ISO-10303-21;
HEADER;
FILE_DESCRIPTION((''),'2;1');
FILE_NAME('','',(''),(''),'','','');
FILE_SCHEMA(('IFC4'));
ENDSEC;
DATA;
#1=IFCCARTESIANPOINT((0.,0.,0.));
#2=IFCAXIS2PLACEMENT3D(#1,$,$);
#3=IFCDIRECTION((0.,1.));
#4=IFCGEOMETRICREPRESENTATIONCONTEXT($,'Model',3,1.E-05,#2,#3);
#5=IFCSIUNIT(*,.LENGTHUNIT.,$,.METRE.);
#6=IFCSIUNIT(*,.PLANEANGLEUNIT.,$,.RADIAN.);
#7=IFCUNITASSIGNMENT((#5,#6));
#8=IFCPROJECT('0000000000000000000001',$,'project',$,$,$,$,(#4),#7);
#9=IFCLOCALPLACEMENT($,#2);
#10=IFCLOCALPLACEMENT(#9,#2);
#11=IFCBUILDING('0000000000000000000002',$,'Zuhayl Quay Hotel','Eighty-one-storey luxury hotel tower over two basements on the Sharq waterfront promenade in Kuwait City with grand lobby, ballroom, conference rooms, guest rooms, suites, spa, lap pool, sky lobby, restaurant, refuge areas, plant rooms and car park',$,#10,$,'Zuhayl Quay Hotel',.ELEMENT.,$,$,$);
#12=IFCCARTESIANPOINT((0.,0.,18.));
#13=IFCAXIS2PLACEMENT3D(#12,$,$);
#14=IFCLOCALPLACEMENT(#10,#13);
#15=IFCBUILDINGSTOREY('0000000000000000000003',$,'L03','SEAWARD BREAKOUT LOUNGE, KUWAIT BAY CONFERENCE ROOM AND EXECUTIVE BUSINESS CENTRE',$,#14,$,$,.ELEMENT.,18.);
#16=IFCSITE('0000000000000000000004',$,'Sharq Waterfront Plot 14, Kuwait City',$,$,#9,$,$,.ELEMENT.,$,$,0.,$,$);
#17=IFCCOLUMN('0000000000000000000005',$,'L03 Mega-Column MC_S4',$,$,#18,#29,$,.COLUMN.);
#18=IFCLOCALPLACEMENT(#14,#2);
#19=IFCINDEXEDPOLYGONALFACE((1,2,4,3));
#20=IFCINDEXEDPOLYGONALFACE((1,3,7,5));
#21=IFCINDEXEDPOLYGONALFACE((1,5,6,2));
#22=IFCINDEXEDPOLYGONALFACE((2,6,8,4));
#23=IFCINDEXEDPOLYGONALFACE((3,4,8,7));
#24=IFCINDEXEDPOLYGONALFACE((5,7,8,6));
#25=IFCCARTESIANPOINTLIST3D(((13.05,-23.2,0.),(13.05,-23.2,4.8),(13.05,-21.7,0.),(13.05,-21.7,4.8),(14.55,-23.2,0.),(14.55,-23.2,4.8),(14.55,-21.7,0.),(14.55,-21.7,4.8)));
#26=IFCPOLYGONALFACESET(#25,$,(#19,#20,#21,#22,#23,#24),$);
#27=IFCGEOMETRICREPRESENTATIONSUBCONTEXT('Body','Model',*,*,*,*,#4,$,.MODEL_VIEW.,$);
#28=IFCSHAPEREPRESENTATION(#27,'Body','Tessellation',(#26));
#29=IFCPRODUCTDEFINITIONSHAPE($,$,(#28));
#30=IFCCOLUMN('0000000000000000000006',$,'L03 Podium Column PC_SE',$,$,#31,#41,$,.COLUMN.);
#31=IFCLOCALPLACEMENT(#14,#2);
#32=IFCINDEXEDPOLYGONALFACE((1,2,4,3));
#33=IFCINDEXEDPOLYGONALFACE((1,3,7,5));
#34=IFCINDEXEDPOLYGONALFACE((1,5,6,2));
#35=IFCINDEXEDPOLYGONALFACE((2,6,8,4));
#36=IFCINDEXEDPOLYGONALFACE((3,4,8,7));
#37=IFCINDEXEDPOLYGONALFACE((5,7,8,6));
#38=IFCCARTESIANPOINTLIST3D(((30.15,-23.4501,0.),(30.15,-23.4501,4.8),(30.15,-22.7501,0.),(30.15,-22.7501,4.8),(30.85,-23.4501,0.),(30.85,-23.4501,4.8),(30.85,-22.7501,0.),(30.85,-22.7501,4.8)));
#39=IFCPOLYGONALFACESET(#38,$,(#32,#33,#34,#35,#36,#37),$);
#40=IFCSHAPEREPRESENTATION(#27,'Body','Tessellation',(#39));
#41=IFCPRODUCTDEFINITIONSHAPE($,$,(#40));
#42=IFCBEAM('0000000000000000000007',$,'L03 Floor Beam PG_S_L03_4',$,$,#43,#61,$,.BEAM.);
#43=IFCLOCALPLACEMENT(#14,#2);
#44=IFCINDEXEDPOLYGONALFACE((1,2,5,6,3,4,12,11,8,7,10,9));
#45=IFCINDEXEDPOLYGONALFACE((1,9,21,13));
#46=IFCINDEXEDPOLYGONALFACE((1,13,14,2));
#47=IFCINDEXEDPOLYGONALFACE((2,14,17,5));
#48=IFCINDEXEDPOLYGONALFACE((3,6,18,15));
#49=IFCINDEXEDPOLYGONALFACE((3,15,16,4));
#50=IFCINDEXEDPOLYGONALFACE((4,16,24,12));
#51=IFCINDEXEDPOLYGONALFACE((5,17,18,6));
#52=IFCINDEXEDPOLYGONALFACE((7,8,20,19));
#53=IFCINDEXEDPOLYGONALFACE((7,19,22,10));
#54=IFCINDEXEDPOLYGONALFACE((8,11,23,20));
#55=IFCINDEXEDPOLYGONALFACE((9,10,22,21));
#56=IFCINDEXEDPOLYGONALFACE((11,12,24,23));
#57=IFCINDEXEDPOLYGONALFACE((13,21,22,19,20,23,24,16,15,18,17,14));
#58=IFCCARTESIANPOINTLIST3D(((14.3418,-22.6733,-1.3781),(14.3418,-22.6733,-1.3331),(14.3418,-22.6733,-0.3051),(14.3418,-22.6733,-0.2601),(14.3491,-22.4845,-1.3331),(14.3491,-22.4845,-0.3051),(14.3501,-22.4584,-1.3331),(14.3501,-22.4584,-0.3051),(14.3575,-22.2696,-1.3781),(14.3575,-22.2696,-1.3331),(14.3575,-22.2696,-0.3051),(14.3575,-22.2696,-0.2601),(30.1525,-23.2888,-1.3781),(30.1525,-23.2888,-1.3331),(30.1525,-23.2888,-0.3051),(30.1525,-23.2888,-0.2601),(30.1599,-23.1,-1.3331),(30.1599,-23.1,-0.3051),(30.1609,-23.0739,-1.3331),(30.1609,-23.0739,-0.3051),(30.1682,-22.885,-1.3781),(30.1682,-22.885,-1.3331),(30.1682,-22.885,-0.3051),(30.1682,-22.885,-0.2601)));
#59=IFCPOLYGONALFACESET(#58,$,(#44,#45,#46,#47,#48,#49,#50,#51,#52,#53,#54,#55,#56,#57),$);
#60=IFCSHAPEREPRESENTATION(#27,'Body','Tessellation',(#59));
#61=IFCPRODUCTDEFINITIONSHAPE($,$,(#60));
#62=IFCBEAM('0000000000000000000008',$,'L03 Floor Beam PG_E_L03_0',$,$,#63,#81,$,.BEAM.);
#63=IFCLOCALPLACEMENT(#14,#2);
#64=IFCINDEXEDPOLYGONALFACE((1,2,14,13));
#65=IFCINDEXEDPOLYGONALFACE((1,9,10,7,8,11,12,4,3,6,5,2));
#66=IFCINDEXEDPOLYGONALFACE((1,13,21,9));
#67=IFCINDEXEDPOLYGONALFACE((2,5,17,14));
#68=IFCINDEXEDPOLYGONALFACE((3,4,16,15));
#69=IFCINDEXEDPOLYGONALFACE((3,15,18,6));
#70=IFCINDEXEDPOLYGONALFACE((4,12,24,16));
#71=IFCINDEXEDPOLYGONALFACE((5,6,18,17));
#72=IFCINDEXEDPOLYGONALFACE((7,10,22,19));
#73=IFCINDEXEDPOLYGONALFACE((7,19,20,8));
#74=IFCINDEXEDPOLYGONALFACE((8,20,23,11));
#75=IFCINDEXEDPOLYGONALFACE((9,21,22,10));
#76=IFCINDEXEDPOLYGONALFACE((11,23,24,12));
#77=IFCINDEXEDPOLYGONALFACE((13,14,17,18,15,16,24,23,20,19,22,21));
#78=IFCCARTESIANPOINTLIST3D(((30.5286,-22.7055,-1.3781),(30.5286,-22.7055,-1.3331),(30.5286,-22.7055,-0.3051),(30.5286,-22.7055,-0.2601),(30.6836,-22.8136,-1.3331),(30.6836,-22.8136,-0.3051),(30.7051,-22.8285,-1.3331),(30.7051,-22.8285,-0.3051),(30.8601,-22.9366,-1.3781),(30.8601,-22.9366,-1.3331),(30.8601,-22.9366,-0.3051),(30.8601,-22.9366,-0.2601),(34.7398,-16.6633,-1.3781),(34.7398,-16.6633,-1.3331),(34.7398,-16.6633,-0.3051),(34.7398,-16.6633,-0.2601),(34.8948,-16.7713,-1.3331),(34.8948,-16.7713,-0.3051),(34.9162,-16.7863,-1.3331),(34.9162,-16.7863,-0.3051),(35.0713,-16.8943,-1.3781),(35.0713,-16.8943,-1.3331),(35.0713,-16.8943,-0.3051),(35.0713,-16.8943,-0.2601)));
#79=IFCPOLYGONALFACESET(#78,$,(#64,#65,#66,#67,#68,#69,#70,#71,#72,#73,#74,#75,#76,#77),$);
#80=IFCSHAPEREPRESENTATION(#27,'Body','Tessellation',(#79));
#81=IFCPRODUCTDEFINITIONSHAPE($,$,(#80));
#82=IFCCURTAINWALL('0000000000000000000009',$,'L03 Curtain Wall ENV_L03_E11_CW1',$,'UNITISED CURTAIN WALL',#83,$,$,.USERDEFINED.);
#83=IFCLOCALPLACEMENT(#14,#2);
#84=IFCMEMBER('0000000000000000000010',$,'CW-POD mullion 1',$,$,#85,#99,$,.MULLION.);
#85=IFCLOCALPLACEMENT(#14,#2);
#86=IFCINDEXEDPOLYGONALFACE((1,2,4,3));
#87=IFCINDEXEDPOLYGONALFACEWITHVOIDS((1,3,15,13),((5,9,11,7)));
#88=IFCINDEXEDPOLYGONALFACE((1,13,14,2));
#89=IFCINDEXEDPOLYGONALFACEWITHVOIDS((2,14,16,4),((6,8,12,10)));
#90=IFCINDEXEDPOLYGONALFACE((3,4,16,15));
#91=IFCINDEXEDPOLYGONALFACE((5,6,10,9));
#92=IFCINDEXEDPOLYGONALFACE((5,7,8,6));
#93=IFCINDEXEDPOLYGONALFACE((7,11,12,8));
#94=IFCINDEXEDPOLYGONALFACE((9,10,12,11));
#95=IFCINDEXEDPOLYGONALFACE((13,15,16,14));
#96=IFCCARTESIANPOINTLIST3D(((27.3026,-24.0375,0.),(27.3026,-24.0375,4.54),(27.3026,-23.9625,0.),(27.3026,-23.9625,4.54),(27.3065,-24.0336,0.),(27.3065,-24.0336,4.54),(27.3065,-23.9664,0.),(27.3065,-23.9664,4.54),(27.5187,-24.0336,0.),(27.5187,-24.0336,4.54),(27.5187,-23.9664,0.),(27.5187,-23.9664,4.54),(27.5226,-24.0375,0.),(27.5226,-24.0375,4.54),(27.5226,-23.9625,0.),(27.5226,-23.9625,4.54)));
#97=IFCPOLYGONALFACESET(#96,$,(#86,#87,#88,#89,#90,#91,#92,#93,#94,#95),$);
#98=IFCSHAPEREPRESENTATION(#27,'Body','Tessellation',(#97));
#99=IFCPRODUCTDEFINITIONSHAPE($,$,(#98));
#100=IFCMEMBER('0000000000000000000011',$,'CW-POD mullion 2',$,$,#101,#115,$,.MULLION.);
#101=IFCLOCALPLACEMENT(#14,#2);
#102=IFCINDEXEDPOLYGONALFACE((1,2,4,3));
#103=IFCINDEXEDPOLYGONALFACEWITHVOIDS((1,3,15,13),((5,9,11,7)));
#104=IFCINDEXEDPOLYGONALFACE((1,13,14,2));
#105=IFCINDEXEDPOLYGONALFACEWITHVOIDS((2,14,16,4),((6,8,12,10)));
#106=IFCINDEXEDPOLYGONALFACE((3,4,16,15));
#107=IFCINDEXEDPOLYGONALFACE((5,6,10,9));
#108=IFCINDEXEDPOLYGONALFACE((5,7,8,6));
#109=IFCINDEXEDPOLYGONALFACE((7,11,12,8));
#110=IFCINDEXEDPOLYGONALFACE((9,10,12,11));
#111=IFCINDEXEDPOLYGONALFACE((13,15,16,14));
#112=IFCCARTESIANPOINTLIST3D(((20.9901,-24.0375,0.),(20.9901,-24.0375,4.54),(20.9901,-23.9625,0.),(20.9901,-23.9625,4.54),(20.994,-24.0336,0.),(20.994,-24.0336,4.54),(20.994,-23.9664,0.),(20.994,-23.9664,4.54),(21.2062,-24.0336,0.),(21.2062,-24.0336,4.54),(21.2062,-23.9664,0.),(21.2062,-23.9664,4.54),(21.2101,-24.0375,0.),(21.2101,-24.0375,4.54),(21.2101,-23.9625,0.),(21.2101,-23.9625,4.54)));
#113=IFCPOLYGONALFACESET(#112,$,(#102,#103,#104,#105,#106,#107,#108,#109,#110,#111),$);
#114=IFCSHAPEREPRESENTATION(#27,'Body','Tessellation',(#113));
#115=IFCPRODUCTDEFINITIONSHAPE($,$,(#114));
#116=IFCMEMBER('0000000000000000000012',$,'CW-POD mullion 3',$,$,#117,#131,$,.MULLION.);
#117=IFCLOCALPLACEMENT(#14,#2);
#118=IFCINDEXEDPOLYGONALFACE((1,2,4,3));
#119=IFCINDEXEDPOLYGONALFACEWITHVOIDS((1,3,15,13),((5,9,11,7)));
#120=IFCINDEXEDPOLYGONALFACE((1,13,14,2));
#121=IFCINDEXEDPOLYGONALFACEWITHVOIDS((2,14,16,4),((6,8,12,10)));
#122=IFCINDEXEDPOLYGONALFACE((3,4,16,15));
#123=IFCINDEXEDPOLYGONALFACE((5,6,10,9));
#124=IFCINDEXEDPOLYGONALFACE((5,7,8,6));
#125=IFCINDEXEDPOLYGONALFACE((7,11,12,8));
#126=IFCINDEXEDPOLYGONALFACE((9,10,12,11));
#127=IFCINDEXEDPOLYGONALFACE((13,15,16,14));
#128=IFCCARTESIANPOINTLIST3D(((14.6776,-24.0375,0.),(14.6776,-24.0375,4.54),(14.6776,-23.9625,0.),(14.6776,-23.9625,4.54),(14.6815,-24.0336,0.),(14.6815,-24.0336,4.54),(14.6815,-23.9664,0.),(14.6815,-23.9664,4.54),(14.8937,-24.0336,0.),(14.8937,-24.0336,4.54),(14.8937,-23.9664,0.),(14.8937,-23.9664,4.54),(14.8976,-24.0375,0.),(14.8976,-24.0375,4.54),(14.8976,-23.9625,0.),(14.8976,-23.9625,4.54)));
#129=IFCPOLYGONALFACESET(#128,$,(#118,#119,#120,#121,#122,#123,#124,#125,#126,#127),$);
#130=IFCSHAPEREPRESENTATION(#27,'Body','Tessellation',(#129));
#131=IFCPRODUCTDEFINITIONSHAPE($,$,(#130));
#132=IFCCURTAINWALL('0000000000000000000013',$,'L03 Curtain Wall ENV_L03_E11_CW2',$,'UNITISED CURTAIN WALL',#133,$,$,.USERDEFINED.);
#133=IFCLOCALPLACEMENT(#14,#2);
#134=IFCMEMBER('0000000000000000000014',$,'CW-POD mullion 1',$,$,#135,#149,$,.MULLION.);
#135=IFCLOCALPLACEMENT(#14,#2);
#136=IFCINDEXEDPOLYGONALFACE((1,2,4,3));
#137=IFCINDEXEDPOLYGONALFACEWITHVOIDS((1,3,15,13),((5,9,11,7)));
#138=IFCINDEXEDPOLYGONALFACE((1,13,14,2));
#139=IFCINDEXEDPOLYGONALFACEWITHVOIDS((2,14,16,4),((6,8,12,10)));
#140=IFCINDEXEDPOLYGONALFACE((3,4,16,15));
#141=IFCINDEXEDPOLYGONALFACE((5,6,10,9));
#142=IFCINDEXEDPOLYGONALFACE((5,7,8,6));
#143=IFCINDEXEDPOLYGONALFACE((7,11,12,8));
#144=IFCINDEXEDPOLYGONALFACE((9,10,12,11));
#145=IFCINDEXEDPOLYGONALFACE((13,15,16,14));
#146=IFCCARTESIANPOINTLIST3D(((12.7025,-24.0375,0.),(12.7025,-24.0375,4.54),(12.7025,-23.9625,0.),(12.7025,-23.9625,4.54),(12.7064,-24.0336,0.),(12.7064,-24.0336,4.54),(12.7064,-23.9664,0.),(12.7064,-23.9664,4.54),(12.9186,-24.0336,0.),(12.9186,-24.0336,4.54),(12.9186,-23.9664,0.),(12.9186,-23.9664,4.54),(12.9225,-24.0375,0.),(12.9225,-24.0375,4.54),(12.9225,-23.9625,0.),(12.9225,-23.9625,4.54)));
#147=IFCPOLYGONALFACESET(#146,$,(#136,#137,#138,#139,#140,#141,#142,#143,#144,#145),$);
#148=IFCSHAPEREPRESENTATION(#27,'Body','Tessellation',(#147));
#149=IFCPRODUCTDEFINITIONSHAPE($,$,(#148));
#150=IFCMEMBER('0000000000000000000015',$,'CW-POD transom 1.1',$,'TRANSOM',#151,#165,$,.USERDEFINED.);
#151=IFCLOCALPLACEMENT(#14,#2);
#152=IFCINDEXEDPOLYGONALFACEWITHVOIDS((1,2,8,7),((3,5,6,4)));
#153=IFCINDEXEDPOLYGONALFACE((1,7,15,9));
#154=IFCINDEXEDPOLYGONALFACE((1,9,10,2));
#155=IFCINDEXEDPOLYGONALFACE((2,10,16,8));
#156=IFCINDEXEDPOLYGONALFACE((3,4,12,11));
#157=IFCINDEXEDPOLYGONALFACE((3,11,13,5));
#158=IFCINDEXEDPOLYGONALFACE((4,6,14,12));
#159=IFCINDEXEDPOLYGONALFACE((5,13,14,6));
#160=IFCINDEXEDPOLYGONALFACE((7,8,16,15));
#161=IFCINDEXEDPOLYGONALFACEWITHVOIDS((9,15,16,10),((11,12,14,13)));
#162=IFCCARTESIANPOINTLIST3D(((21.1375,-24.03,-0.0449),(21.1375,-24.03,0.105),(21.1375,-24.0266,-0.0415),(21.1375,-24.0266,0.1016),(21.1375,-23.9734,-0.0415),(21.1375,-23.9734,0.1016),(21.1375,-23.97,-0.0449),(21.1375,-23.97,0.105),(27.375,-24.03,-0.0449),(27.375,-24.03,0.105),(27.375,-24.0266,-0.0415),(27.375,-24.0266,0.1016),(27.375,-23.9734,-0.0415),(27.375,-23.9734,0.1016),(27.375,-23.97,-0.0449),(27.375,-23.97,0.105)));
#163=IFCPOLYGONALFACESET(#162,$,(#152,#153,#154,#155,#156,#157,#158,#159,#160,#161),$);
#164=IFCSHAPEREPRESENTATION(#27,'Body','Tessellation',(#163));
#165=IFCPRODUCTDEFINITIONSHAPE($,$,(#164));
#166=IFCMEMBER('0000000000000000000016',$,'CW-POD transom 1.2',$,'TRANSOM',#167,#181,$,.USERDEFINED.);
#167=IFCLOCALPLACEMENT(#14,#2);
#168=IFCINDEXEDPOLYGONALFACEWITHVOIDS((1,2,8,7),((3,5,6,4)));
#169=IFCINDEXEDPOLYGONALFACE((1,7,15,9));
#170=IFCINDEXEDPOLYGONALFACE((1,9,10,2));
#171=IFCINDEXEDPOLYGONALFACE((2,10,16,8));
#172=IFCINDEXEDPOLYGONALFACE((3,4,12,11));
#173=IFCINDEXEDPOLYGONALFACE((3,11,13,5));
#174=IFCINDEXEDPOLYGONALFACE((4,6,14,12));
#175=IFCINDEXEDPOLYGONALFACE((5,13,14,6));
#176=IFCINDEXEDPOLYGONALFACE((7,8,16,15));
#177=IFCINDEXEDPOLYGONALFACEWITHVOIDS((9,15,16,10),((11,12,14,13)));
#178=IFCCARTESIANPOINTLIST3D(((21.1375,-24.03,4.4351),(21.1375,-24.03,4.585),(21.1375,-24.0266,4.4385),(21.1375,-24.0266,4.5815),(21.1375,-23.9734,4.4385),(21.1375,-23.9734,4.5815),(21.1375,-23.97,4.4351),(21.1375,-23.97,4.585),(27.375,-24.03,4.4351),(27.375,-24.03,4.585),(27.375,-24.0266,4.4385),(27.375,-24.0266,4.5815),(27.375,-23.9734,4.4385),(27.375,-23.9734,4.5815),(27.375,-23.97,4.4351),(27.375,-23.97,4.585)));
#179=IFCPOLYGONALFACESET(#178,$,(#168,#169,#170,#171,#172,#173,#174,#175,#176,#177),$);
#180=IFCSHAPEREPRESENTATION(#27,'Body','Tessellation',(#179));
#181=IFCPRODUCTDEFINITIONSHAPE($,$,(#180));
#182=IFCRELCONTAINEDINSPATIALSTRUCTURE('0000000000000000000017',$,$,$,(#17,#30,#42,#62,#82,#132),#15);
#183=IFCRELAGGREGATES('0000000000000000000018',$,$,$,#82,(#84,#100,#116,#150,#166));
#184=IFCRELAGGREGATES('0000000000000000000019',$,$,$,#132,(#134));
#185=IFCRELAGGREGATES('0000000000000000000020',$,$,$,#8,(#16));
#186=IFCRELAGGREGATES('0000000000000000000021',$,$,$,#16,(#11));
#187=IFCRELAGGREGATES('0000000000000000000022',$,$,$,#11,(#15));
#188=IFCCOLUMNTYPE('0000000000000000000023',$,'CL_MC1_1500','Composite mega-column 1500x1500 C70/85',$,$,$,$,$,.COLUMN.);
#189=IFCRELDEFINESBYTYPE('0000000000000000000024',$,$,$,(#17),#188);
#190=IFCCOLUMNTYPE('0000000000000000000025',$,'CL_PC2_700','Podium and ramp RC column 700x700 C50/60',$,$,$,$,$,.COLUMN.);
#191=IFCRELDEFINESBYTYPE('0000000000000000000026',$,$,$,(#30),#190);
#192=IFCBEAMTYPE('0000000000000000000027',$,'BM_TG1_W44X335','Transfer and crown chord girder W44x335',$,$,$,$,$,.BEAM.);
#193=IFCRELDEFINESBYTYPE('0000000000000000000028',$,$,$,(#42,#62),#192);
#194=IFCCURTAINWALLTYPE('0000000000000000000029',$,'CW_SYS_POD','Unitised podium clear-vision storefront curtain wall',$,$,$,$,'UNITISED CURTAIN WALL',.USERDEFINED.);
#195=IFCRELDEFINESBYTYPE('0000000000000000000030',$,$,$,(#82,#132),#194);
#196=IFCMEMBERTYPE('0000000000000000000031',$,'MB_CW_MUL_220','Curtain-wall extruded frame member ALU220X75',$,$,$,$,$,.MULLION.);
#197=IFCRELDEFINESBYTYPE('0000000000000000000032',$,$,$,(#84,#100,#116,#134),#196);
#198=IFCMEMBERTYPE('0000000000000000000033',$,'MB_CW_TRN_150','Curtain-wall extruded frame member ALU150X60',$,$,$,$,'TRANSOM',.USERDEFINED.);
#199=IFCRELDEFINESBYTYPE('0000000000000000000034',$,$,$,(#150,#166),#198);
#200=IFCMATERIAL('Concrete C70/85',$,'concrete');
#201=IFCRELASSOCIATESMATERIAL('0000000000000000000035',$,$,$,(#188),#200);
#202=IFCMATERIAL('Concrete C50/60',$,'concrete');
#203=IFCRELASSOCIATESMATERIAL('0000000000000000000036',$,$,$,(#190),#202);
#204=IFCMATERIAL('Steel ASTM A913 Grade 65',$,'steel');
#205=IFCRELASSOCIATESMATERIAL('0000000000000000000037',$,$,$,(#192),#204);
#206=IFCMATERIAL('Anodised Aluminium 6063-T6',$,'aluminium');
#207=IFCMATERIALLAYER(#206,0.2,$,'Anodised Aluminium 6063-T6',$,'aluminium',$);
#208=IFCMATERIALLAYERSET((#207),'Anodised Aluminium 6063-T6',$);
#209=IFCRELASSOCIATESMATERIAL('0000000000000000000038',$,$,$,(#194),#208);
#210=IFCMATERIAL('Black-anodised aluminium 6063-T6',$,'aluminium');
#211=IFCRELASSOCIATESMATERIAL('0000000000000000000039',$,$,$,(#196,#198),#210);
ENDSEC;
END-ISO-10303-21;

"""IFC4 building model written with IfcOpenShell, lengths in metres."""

from ifc_helpers import new_model, si_unit, direction, frame, origin, origin_2d, place, context, subcontext, project, spatial, rectangle, hollow_rectangle, i_section, extrude, material, layer, layer_set, material_profile, profile_set, type_object, element, aggregate, save


model = new_model("IFC4")

# Units and contexts
model_context = context("Model", 3, precision=1e-05, world=origin(), true_north=direction((0.0, 1.0)))
body_context = subcontext(model_context, "Body", "Model", "MODEL_VIEW")
ifc_project = project(units=[si_unit("LENGTHUNIT", "METRE"), si_unit("PLANEANGLEUNIT", "RADIAN")], contexts=[model_context])

# Site, building, storey
site_placement = place(None, origin())
site = spatial("IfcSite", under=ifc_project, at=site_placement, Name="Sharq Waterfront Plot 14, Kuwait City", CompositionType="ELEMENT", RefElevation=0.0)
building_placement = place(site_placement, origin())
building = spatial("IfcBuilding", under=site, at=building_placement, Name="Zuhayl Quay Hotel", Description="Eighty-one-storey luxury hotel tower over two basements on the Sharq waterfront promenade in Kuwait City with grand lobby, ballroom, conference rooms, guest rooms, suites, spa, lap pool, sky lobby, restaurant, refuge areas, plant rooms and car park", LongName="Zuhayl Quay Hotel", CompositionType="ELEMENT")
storey_placement = place(building_placement, frame((0.0, 0.0, 18.0)))
storey = spatial("IfcBuildingStorey", under=building, at=storey_placement, Name="L03", Description="SEAWARD BREAKOUT LOUNGE, KUWAIT BAY CONFERENCE ROOM AND EXECUTIVE BUSINESS CENTRE", CompositionType="ELEMENT", Elevation=18.0)

# Columns
ifc_material_1 = material(Name="Concrete C70/85", Category="concrete")
ifc_material_profile_1 = material_profile(ifc_material_1, rectangle(XDim=1.5, YDim=1.5, at=origin_2d()), Name="RC1500X1500")
ifc_profile_set_1 = profile_set([ifc_material_profile_1], Name="Concrete C70/85")
column_type_1 = type_object("IfcColumnType", Name="CL_MC1_1500", Description="Composite mega-column 1500x1500 C70/85", PredefinedType="COLUMN", material=ifc_profile_set_1)
column_1_placement = place(storey_placement, frame((13.8, -22.45, 0.0), z_axis=(0.0, 0.0, 1.0), x_axis=(1.0, 0.0, 0.0)))
element("IfcColumn", 1, at=column_1_placement, inside=storey, type_object=column_type_1, Name="L03 Mega-Column MC_S4", PredefinedType="COLUMN", context=body_context, shape_type="SweptSolid", body=[
    extrude(rectangle(XDim=1.5, YDim=1.5, at=origin_2d()), origin(), (0.0, 0.0, 1.0), 4.8),
])
ifc_material_2 = material(Name="Concrete C50/60", Category="concrete")
ifc_material_profile_2 = material_profile(ifc_material_2, rectangle(XDim=0.7, YDim=0.7, at=origin_2d()), Name="RC700X700")
ifc_profile_set_2 = profile_set([ifc_material_profile_2], Name="Concrete C50/60")
column_type_2 = type_object("IfcColumnType", Name="CL_PC2_700", Description="Podium and ramp RC column 700x700 C50/60", PredefinedType="COLUMN", material=ifc_profile_set_2)
column_2_placement = place(storey_placement, frame((30.5, -23.1001, 0.0), z_axis=(0.0, 0.0, 1.0), x_axis=(1.0, 0.0, 0.0)))
element("IfcColumn", 2, at=column_2_placement, inside=storey, type_object=column_type_2, Name="L03 Podium Column PC_SE", PredefinedType="COLUMN", context=body_context, shape_type="SweptSolid", body=[
    extrude(rectangle(XDim=0.7, YDim=0.7, at=origin_2d()), origin(), (0.0, 0.0, 1.0), 4.8),
])

# Beams
ifc_material_3 = material(Name="Steel ASTM A913 Grade 65", Category="steel")
ifc_material_profile_3 = material_profile(ifc_material_3, i_section(OverallWidth=0.4041, OverallDepth=1.1179, WebThickness=0.0261, FlangeThickness=0.0449, at=origin_2d()), Name="W44X335")
ifc_profile_set_3 = profile_set([ifc_material_profile_3], Name="Steel ASTM A913 Grade 65")
beam_type = type_object("IfcBeamType", Name="BM_TG1_W44X335", Description="Transfer and crown chord girder W44x335", PredefinedType="BEAM", material=ifc_profile_set_3)
beam_1_placement = place(storey_placement, frame((14.3496, -22.4714, -0.8191), z_axis=(0.999243, -0.038898, 0.0), x_axis=(0.038898, 0.999243, 0.0)))
element("IfcBeam", 3, at=beam_1_placement, inside=storey, type_object=beam_type, Name="L03 Floor Beam PG_S_L03_4", PredefinedType="BEAM", context=body_context, shape_type="SweptSolid", body=[
    extrude(i_section(OverallWidth=0.4041, OverallDepth=1.1179, WebThickness=0.0261, FlangeThickness=0.0449, at=origin_2d()), origin(), (0.0, 0.0, 1.0), 15.8228),
])
beam_2_placement = place(storey_placement, frame((30.6943, -22.821, -0.8191), z_axis=(0.571786, 0.820403, 0.0), x_axis=(-0.820403, 0.571786, 0.0)))
element("IfcBeam", 4, at=beam_2_placement, inside=storey, type_object=beam_type, Name="L03 Floor Beam PG_E_L03_0", PredefinedType="BEAM", context=body_context, shape_type="SweptSolid", body=[
    extrude(i_section(OverallWidth=0.4041, OverallDepth=1.1179, WebThickness=0.0261, FlangeThickness=0.0449, at=origin_2d()), origin(), (0.0, 0.0, 1.0), 7.365),
])

# Curtain wall, members
ifc_material_4 = material(Name="Anodised Aluminium 6063-T6", Category="aluminium")
ifc_layer_1 = layer(ifc_material_4, 0.2, Name="Anodised Aluminium 6063-T6", Category="aluminium")
ifc_layer_set_1 = layer_set([ifc_layer_1], Name="Anodised Aluminium 6063-T6")
curtain_wall_type = type_object("IfcCurtainWallType", Name="CW_SYS_POD", Description="Unitised podium clear-vision storefront curtain wall", ElementType="UNITISED CURTAIN WALL", PredefinedType="USERDEFINED", material=ifc_layer_set_1)
curtain_wall_1_placement = place(storey_placement, origin())
curtain_wall_1 = element("IfcCurtainWall", 5, at=curtain_wall_1_placement, inside=storey, type_object=curtain_wall_type, Name="L03 Curtain Wall ENV_L03_E11_CW1", ObjectType="UNITISED CURTAIN WALL", PredefinedType="USERDEFINED")
ifc_material_5 = material(Name="Black-anodised aluminium 6063-T6", Category="aluminium")
ifc_material_profile_4 = material_profile(ifc_material_5, hollow_rectangle(XDim=0.075, YDim=0.22, WallThickness=0.0039, at=origin_2d()), Name="ALU220X75")
ifc_profile_set_4 = profile_set([ifc_material_profile_4], Name="Black-anodised aluminium 6063-T6")
member_type_1 = type_object("IfcMemberType", Name="MB_CW_MUL_220", Description="Curtain-wall extruded frame member ALU220X75", PredefinedType="MULLION", material=ifc_profile_set_4)
member_1_placement = place(storey_placement, frame((27.4126, -24.0, 0.0), z_axis=(0.0, 0.0, 1.0), x_axis=(0.0, -1.0, 0.0)))
member_1 = element("IfcMember", 6, at=member_1_placement, type_object=member_type_1, Name="CW-POD mullion 1", PredefinedType="MULLION", context=body_context, shape_type="SweptSolid", body=[
    extrude(hollow_rectangle(XDim=0.075, YDim=0.22, WallThickness=0.0039, at=origin_2d()), origin(), (0.0, 0.0, 1.0), 4.54),
])
member_2_placement = place(storey_placement, frame((21.1001, -24.0, 0.0), z_axis=(0.0, 0.0, 1.0), x_axis=(0.0, -1.0, 0.0)))
member_2 = element("IfcMember", 7, at=member_2_placement, type_object=member_type_1, Name="CW-POD mullion 2", PredefinedType="MULLION", context=body_context, shape_type="SweptSolid", body=[
    extrude(hollow_rectangle(XDim=0.075, YDim=0.22, WallThickness=0.0039, at=origin_2d()), origin(), (0.0, 0.0, 1.0), 4.54),
])
member_3_placement = place(storey_placement, frame((14.7876, -24.0, 0.0), z_axis=(0.0, 0.0, 1.0), x_axis=(0.0, -1.0, 0.0)))
member_3 = element("IfcMember", 8, at=member_3_placement, type_object=member_type_1, Name="CW-POD mullion 3", PredefinedType="MULLION", context=body_context, shape_type="SweptSolid", body=[
    extrude(hollow_rectangle(XDim=0.075, YDim=0.22, WallThickness=0.0039, at=origin_2d()), origin(), (0.0, 0.0, 1.0), 4.54),
])

# Curtain wall, member
curtain_wall_2_placement = place(storey_placement, origin())
curtain_wall_2 = element("IfcCurtainWall", 9, at=curtain_wall_2_placement, inside=storey, type_object=curtain_wall_type, Name="L03 Curtain Wall ENV_L03_E11_CW2", ObjectType="UNITISED CURTAIN WALL", PredefinedType="USERDEFINED")
member_4_placement = place(storey_placement, frame((12.8125, -24.0, 0.0), z_axis=(0.0, 0.0, 1.0), x_axis=(0.0, -1.0, 0.0)))
member_4 = element("IfcMember", 10, at=member_4_placement, type_object=member_type_1, Name="CW-POD mullion 1", PredefinedType="MULLION", context=body_context, shape_type="SweptSolid", body=[
    extrude(hollow_rectangle(XDim=0.075, YDim=0.22, WallThickness=0.0039, at=origin_2d()), origin(), (0.0, 0.0, 1.0), 4.54),
])

# Members
ifc_material_profile_5 = material_profile(ifc_material_5, hollow_rectangle(XDim=0.0601, YDim=0.1499, WallThickness=0.0034, at=origin_2d()), Name="ALU150X60")
ifc_profile_set_5 = profile_set([ifc_material_profile_5], Name="Black-anodised aluminium 6063-T6")
member_type_2 = type_object("IfcMemberType", Name="MB_CW_TRN_150", Description="Curtain-wall extruded frame member ALU150X60", ElementType="TRANSOM", PredefinedType="USERDEFINED", material=ifc_profile_set_5)
member_5_placement = place(storey_placement, frame((27.375, -24.0, 0.03), z_axis=(-1.0, 0.0, 0.0), x_axis=(0.0, -1.0, 0.0)))
member_5 = element("IfcMember", 11, at=member_5_placement, type_object=member_type_2, Name="CW-POD transom 1.1", ObjectType="TRANSOM", PredefinedType="USERDEFINED", context=body_context, shape_type="SweptSolid", body=[
    extrude(hollow_rectangle(XDim=0.0601, YDim=0.1499, WallThickness=0.0034, at=origin_2d()), origin(), (0.0, 0.0, 1.0), 6.2375),
])
member_6_placement = place(storey_placement, frame((27.375, -24.0, 4.51), z_axis=(-1.0, 0.0, 0.0), x_axis=(0.0, -1.0, 0.0)))
member_6 = element("IfcMember", 12, at=member_6_placement, type_object=member_type_2, Name="CW-POD transom 1.2", ObjectType="TRANSOM", PredefinedType="USERDEFINED", context=body_context, shape_type="SweptSolid", body=[
    extrude(hollow_rectangle(XDim=0.0601, YDim=0.1499, WallThickness=0.0034, at=origin_2d()), origin(), (0.0, 0.0, 1.0), 6.2375),
])

aggregate(curtain_wall_1, [member_1, member_2, member_3, member_5, member_6])
aggregate(curtain_wall_2, [member_4])

save(model, "model.ifc")
